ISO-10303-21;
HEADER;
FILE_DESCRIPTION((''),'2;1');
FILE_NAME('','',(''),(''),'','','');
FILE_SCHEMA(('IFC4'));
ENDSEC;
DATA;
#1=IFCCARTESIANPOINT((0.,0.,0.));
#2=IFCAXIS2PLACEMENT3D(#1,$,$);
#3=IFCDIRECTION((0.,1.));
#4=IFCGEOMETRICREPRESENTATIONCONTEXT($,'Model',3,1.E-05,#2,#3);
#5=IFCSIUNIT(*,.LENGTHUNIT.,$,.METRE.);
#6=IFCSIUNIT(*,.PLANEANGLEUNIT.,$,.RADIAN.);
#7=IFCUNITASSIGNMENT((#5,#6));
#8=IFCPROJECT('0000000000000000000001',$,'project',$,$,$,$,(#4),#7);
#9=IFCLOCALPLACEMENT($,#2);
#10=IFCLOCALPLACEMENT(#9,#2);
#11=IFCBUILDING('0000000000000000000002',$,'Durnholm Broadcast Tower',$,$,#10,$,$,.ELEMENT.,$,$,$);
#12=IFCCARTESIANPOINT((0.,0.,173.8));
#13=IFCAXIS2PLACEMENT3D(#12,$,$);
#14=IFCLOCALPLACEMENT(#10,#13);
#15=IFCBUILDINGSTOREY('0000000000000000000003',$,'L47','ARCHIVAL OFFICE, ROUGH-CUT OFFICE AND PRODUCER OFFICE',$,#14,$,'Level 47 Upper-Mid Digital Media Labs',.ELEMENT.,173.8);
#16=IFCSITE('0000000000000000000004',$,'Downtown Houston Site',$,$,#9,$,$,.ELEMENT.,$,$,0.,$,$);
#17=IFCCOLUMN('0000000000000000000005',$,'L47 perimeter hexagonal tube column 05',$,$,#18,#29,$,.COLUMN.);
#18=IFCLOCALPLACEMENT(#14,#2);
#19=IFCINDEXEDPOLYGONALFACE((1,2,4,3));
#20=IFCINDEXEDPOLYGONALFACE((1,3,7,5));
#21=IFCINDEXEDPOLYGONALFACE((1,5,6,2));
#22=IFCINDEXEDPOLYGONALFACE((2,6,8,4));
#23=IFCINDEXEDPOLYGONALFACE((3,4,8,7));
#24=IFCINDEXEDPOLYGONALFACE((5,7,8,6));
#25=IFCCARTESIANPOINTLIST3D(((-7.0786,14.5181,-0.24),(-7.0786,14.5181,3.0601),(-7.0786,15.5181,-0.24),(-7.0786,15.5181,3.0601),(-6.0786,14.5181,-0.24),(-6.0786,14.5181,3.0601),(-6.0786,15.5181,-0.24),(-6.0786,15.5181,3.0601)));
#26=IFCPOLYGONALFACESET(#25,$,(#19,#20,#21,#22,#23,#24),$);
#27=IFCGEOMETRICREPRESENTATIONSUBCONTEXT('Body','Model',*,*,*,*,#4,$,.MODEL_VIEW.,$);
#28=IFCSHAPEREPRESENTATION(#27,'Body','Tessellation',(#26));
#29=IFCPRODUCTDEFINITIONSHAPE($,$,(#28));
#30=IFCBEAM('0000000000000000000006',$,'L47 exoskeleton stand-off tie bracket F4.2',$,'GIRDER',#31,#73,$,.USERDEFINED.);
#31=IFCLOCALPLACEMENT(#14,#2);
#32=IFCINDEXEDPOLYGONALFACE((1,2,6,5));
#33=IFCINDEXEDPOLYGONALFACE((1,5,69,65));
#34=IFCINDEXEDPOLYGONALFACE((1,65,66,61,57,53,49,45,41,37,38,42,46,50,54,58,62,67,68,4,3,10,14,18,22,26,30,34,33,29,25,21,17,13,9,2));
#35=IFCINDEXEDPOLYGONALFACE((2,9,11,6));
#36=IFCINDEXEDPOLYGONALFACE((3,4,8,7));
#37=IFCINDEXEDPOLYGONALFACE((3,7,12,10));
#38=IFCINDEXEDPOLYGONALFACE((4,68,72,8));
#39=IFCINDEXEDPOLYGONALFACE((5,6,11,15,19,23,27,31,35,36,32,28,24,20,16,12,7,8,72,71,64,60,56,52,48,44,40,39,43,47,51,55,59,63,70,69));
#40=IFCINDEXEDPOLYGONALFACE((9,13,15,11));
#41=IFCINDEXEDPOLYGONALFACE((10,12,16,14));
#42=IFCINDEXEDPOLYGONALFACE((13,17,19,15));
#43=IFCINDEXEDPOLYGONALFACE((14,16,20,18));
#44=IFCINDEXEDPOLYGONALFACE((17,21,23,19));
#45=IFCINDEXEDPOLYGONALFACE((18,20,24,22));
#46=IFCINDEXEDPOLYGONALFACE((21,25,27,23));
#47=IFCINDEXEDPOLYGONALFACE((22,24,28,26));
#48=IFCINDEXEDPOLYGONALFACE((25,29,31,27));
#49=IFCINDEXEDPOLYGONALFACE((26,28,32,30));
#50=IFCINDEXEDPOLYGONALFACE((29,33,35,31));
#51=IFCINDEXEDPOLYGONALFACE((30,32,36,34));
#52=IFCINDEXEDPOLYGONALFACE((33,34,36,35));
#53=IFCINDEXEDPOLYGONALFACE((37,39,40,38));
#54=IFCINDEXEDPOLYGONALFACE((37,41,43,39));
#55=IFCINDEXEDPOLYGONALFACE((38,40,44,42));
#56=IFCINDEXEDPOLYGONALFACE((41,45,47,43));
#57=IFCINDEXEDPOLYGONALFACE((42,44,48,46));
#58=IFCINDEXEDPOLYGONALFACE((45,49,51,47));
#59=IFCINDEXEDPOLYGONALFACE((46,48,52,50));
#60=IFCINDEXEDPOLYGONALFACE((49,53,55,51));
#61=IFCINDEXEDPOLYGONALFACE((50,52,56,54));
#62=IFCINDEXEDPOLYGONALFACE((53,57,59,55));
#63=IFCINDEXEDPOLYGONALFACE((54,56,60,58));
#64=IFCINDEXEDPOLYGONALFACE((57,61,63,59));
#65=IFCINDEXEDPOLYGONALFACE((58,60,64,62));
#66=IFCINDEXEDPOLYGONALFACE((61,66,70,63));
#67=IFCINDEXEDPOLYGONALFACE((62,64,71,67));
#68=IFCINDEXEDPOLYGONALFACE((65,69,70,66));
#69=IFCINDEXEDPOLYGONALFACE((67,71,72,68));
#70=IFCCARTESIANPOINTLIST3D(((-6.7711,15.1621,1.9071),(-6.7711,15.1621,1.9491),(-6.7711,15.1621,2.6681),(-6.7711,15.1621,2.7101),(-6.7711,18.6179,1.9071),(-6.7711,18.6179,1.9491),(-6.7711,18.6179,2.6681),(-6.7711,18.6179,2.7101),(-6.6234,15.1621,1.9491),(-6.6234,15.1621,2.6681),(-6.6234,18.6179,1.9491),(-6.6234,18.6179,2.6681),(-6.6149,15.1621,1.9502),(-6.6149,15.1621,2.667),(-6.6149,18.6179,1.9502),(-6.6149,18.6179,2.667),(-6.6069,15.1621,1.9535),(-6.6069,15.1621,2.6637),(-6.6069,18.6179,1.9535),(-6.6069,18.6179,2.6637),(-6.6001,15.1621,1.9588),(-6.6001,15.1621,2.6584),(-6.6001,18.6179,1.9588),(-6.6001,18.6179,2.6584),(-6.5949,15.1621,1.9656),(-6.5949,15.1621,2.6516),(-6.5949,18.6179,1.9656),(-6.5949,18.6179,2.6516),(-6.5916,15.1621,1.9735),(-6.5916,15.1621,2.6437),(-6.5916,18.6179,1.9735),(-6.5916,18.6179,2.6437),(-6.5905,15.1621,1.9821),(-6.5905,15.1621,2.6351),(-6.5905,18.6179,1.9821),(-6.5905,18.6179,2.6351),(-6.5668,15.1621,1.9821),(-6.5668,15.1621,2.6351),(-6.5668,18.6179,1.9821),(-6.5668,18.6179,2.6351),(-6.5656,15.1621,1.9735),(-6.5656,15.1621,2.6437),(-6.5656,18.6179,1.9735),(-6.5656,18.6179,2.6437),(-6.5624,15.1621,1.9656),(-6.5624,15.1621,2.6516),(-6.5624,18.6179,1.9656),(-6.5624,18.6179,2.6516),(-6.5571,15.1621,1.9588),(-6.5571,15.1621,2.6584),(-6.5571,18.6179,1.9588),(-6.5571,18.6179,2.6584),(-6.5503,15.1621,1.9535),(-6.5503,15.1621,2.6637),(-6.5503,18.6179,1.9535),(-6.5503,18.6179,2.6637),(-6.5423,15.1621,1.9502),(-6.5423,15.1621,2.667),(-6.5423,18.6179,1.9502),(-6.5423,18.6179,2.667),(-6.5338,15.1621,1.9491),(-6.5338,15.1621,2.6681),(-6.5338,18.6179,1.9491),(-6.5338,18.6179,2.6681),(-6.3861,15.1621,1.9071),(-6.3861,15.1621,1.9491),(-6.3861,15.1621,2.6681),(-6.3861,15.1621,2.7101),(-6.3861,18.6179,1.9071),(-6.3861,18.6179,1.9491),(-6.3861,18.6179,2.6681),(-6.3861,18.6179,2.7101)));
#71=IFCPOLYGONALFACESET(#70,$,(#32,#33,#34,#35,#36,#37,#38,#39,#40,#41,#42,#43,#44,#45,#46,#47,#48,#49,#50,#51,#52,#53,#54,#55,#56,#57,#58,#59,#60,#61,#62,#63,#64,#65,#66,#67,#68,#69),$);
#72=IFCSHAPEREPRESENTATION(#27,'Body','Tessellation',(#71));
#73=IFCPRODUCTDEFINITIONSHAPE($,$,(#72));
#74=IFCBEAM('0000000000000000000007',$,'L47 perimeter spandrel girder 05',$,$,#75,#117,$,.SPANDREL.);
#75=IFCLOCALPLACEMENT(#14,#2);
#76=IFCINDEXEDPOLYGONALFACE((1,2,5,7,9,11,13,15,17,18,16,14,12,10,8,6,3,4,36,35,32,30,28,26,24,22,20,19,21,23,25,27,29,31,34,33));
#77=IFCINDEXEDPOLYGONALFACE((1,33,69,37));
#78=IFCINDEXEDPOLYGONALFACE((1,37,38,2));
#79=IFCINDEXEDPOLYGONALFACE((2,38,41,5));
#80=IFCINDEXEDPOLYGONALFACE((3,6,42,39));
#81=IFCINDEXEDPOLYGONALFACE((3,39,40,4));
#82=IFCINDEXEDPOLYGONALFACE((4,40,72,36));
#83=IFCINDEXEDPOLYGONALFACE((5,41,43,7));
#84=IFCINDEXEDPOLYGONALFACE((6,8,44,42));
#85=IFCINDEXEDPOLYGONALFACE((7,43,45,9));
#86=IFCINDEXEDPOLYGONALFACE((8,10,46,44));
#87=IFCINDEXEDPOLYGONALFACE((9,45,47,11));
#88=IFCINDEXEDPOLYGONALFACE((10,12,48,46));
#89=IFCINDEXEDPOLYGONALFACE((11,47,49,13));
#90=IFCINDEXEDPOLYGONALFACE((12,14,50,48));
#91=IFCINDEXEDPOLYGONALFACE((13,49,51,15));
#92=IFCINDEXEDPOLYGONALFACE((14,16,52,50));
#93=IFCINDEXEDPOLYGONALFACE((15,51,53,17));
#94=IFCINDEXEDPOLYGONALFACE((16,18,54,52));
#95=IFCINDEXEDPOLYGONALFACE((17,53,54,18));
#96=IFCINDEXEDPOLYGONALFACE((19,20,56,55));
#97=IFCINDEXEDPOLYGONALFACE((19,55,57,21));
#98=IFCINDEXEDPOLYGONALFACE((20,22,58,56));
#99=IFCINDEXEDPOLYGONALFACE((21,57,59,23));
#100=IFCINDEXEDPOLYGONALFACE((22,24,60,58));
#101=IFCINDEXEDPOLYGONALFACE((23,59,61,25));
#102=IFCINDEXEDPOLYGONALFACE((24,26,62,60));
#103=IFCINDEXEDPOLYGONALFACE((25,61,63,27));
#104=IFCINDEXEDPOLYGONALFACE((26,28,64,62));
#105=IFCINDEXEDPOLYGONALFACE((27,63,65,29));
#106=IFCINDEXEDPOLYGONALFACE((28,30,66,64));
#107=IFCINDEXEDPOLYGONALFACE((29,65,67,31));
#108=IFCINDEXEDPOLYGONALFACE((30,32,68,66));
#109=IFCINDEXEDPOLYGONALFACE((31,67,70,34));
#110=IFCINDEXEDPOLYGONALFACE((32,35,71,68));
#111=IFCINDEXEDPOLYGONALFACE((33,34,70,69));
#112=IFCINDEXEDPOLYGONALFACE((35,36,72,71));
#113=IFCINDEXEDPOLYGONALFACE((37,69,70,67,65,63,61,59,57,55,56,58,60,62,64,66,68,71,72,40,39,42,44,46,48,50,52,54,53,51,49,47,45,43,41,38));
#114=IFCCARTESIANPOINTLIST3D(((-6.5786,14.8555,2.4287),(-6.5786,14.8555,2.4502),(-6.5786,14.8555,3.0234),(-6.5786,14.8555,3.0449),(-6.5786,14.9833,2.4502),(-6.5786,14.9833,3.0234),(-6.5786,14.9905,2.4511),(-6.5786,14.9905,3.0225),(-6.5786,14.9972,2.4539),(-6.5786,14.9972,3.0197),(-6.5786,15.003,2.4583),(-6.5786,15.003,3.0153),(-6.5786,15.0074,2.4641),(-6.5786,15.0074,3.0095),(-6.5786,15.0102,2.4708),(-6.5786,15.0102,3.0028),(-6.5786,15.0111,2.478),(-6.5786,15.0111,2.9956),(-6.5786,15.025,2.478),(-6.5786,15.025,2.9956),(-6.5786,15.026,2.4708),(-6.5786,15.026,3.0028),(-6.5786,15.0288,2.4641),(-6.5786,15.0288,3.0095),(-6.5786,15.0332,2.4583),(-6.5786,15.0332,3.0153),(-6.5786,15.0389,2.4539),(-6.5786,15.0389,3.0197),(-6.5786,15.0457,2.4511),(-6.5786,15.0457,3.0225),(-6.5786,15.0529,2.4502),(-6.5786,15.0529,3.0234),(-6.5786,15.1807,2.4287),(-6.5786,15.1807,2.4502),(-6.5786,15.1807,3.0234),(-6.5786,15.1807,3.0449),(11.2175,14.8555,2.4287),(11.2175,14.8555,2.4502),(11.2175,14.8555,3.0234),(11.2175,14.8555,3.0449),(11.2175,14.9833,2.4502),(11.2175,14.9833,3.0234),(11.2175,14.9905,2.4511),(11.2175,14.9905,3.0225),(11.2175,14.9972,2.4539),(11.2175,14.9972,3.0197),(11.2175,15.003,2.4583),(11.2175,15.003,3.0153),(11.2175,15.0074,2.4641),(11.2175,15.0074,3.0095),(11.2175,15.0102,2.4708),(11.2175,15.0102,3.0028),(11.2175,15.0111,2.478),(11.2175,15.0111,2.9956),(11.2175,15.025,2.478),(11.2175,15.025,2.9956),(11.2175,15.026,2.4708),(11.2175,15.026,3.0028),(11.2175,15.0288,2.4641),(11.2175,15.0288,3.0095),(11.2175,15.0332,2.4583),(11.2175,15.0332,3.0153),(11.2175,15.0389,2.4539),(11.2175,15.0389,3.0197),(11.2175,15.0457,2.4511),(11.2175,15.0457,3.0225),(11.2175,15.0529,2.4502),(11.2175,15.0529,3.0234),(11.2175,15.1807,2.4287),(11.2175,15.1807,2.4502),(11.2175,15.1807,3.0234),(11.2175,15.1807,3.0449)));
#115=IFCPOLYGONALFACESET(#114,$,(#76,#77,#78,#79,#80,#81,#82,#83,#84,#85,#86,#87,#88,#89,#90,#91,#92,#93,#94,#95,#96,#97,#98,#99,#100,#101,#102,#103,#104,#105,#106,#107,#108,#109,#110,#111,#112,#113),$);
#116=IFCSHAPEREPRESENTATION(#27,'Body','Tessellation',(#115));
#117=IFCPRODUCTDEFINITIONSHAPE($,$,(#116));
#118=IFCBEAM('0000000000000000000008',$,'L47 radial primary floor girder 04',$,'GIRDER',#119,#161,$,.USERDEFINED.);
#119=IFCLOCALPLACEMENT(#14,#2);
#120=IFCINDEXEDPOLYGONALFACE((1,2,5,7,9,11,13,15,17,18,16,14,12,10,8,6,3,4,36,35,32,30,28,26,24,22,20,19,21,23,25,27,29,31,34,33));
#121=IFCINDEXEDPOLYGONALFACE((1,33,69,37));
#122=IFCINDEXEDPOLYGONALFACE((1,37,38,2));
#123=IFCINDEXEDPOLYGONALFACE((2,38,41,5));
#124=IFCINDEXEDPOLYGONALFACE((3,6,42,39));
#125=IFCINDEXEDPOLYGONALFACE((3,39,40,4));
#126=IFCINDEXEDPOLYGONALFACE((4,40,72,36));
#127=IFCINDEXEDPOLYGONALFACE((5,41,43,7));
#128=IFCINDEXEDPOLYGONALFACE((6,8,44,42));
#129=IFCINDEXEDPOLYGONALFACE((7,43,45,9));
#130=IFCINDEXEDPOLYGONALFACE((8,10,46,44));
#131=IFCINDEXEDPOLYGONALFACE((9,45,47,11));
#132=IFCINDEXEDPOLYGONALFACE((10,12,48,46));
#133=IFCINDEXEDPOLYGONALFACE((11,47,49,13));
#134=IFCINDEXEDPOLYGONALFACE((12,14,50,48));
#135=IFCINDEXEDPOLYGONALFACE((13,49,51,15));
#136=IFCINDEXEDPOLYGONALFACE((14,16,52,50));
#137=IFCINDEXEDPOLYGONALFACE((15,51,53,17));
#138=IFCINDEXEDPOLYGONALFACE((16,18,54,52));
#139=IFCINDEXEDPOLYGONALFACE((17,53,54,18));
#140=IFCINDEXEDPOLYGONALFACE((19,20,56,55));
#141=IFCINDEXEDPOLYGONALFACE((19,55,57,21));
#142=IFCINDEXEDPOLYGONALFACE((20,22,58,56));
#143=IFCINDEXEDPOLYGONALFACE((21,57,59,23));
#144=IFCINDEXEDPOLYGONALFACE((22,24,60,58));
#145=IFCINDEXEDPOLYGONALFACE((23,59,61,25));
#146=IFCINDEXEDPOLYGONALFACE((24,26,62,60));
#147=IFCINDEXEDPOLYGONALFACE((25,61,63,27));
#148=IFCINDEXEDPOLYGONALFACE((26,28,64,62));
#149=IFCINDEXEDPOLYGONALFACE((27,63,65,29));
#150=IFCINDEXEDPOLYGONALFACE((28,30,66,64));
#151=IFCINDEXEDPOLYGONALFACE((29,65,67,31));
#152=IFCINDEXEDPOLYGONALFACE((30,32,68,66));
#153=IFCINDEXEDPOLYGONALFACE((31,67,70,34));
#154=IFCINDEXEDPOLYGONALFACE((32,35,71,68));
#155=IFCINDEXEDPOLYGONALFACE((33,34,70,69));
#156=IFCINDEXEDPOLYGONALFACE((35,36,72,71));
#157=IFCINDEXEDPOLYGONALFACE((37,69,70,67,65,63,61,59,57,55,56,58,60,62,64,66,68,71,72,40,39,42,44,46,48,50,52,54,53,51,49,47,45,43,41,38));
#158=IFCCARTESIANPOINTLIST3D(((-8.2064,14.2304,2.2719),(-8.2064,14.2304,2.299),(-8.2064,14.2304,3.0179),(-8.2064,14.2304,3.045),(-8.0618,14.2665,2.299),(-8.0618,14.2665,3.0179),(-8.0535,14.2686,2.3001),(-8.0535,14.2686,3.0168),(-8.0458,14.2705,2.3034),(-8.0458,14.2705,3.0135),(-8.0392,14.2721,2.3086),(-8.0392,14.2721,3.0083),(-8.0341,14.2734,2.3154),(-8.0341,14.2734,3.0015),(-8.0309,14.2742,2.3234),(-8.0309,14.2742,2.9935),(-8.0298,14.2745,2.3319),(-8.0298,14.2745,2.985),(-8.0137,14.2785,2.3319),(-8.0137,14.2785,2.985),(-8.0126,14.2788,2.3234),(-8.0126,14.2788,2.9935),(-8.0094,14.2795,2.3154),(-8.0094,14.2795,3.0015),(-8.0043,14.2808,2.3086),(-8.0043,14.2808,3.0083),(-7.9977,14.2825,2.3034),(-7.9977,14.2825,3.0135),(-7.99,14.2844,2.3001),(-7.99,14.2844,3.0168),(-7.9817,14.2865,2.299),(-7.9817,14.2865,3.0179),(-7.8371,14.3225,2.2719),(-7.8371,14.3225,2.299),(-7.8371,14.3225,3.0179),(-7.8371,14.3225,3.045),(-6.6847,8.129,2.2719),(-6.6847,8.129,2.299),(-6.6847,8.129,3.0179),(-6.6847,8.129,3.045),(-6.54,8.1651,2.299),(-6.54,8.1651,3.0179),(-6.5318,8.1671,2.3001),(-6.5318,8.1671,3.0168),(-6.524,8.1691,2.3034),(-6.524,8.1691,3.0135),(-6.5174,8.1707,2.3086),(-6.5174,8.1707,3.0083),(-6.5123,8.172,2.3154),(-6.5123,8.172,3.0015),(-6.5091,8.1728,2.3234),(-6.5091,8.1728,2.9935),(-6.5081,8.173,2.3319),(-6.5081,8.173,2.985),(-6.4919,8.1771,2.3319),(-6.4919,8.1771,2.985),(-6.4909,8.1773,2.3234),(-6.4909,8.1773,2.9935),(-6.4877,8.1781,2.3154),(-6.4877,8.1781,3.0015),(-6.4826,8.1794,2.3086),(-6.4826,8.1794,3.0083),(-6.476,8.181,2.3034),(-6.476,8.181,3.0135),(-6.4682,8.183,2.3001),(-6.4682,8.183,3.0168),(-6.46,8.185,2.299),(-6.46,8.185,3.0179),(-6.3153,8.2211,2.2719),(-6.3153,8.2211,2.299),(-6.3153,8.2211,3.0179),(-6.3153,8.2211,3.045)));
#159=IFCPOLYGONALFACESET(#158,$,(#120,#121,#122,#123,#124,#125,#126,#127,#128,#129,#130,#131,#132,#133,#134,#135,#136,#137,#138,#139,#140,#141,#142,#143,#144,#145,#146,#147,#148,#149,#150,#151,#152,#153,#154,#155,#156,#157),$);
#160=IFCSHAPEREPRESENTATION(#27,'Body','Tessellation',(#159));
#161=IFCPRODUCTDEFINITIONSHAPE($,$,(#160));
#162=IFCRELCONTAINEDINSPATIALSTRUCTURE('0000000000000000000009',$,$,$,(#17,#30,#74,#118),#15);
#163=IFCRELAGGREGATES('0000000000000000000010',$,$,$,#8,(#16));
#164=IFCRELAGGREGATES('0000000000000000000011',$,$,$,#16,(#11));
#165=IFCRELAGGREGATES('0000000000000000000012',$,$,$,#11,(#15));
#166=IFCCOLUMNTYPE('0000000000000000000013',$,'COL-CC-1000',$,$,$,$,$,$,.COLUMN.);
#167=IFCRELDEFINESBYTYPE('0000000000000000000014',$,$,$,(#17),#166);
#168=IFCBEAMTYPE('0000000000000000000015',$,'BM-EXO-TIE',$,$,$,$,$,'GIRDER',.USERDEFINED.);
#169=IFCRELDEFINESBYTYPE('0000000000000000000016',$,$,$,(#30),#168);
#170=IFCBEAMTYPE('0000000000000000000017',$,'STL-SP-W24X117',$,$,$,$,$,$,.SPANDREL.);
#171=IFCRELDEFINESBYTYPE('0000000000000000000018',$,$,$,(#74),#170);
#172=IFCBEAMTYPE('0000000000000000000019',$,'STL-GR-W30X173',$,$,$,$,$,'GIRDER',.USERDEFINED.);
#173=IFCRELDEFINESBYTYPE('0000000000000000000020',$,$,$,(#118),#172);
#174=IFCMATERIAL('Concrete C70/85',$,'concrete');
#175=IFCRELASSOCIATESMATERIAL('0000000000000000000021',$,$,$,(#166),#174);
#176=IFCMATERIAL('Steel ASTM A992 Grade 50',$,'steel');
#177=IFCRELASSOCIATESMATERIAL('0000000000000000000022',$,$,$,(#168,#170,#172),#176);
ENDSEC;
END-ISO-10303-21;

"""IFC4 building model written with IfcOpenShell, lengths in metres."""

from ifc_helpers import new_model, si_unit, direction, frame, origin, origin_2d, place, context, subcontext, project, spatial, rectangle, i_section, extrude, source, transform, mapped, material, material_profile, profile_set, type_object, type_shapes, element, save


model = new_model("IFC4")

# Units and contexts
model_context = context("Model", 3, precision=1e-05, world=origin(), true_north=direction((0.0, 1.0)))
body_context = subcontext(model_context, "Body", "Model", "MODEL_VIEW")
ifc_project = project(units=[si_unit("LENGTHUNIT", "METRE"), si_unit("PLANEANGLEUNIT", "RADIAN")], contexts=[model_context])

# Site, building, storey
site_placement = place(None, origin())
site = spatial("IfcSite", under=ifc_project, at=site_placement, Name="Downtown Houston Site", CompositionType="ELEMENT", RefElevation=0.0)
building_placement = place(site_placement, origin())
building = spatial("IfcBuilding", under=site, at=building_placement, Name="Durnholm Broadcast Tower", CompositionType="ELEMENT")
storey_placement = place(building_placement, frame((0.0, 0.0, 173.8)))
storey = spatial("IfcBuildingStorey", under=building, at=storey_placement, Name="L47", Description="ARCHIVAL OFFICE, ROUGH-CUT OFFICE AND PRODUCER OFFICE", LongName="Level 47 Upper-Mid Digital Media Labs", CompositionType="ELEMENT", Elevation=173.8)

# Column
ifc_material_1 = material(Name="Concrete C70/85", Category="concrete")
ifc_material_profile_1 = material_profile(ifc_material_1, rectangle(XDim=1.0, YDim=1.0, at=origin_2d()), Name="RC1000X1000")
ifc_profile_set_1 = profile_set([ifc_material_profile_1], Name="Concrete C70/85")
column_type = type_object("IfcColumnType", Name="COL-CC-1000", PredefinedType="COLUMN", material=ifc_profile_set_1)
shared_shape_1 = source(origin(), body_context, "Body", "SweptSolid", [
    extrude(rectangle(XDim=1.0, YDim=1.0, at=origin_2d()), origin(), (0.0, 0.0, 1.0), 3.3),
])
type_shapes(column_type, [shared_shape_1])
column_placement = place(storey_placement, frame((-6.5786, 15.0181, -0.24), z_axis=(0.0, 0.0, 1.0), x_axis=(1.0, 0.0, 0.0)))
element("IfcColumn", 1, at=column_placement, inside=storey, type_object=column_type, Name="L47 perimeter hexagonal tube column 05", PredefinedType="COLUMN", context=body_context, shape_type="MappedRepresentation", body=[
    mapped(shared_shape_1, transform((0.0, 0.0, 0.0), x_axis=(1.0, 0.0, 0.0), y_axis=(0.0, 1.0, 0.0), z_axis=(0.0, 0.0, 1.0), scale=1.0)),
])

# Beams
ifc_material_2 = material(Name="Steel ASTM A992 Grade 50", Category="steel")
ifc_material_profile_2 = material_profile(ifc_material_2, i_section(OverallWidth=0.385, OverallDepth=0.803, WebThickness=0.0237, FlangeThickness=0.042, FilletRadius=0.033, at=origin_2d()), Name="W30X261")
ifc_profile_set_2 = profile_set([ifc_material_profile_2], Name="Steel ASTM A992 Grade 50")
beam_type_1 = type_object("IfcBeamType", Name="BM-EXO-TIE", ElementType="GIRDER", PredefinedType="USERDEFINED", material=ifc_profile_set_2)
shared_shape_2 = source(origin(), body_context, "Body", "SweptSolid", [
    extrude(i_section(OverallWidth=0.385, OverallDepth=0.803, WebThickness=0.0237, FlangeThickness=0.042, FilletRadius=0.033, at=origin_2d()), origin(), (0.0, 0.0, 1.0), 3.4558),
])
type_shapes(beam_type_1, [shared_shape_2])
beam_1_placement = place(storey_placement, frame((-6.5786, 15.1621, 2.3086), z_axis=(0.0, 1.0, 0.0), x_axis=(-1.0, 0.0, 0.0)))
element("IfcBeam", 2, at=beam_1_placement, inside=storey, type_object=beam_type_1, Name="L47 exoskeleton stand-off tie bracket F4.2", ObjectType="GIRDER", PredefinedType="USERDEFINED", context=body_context, shape_type="MappedRepresentation", body=[
    mapped(shared_shape_2, transform((0.0, 0.0, 0.0), x_axis=(1.0, 0.0, 0.0), y_axis=(0.0, 1.0, 0.0), z_axis=(0.0, 0.0, 1.0), scale=1.0)),
])
ifc_material_profile_3 = material_profile(ifc_material_2, i_section(OverallWidth=0.3252, OverallDepth=0.6162, WebThickness=0.0139, FlangeThickness=0.0215, FilletRadius=0.0278, at=origin_2d()), Name="W24X117")
ifc_profile_set_3 = profile_set([ifc_material_profile_3], Name="Steel ASTM A992 Grade 50")
beam_type_2 = type_object("IfcBeamType", Name="STL-SP-W24X117", PredefinedType="SPANDREL", material=ifc_profile_set_3)
shared_shape_3 = source(origin(), body_context, "Body", "SweptSolid", [
    extrude(i_section(OverallWidth=0.3252, OverallDepth=0.6162, WebThickness=0.0139, FlangeThickness=0.0215, FilletRadius=0.0278, at=origin_2d()), origin(), (0.0, 0.0, 1.0), 17.7961),
])
type_shapes(beam_type_2, [shared_shape_3])
beam_2_placement = place(storey_placement, frame((-6.5786, 15.0181, 2.7368), z_axis=(1.0, 0.0, 0.0), x_axis=(0.0, 1.0, 0.0)))
element("IfcBeam", 3, at=beam_2_placement, inside=storey, type_object=beam_type_2, Name="L47 perimeter spandrel girder 05", PredefinedType="SPANDREL", context=body_context, shape_type="MappedRepresentation", body=[
    mapped(shared_shape_3, transform((0.0, 0.0, 0.0), x_axis=(1.0, 0.0, 0.0), y_axis=(0.0, 1.0, 0.0), z_axis=(0.0, 0.0, 1.0), scale=1.0)),
])
ifc_material_profile_4 = material_profile(ifc_material_2, i_section(OverallWidth=0.3806, OverallDepth=0.7732, WebThickness=0.0166, FlangeThickness=0.0271, FilletRadius=0.033, at=origin_2d()), Name="W30X173")
ifc_profile_set_4 = profile_set([ifc_material_profile_4], Name="Steel ASTM A992 Grade 50")
beam_type_3 = type_object("IfcBeamType", Name="STL-GR-W30X173", ElementType="GIRDER", PredefinedType="USERDEFINED", material=ifc_profile_set_4)
shared_shape_4 = source(origin(), body_context, "Body", "SweptSolid", [
    extrude(i_section(OverallWidth=0.3806, OverallDepth=0.7732, WebThickness=0.0166, FlangeThickness=0.0271, FilletRadius=0.033, at=origin_2d()), origin(), (0.0, 0.0, 1.0), 6.2883),
])
beam_3_placement = place(storey_placement, frame((-6.5, 8.175, 2.6584), z_axis=(-0.241997, 0.970277, 0.0), x_axis=(-0.970277, -0.241997, 0.0)))
element("IfcBeam", 4, at=beam_3_placement, inside=storey, type_object=beam_type_3, Name="L47 radial primary floor girder 04", ObjectType="GIRDER", PredefinedType="USERDEFINED", context=body_context, shape_type="MappedRepresentation", body=[
    mapped(shared_shape_4, transform((0.0, 0.0, 0.0), x_axis=(1.0, 0.0, 0.0), y_axis=(0.0, 1.0, 0.0), z_axis=(0.0, 0.0, 1.0), scale=1.0)),
])

save(model, "model.ifc")
